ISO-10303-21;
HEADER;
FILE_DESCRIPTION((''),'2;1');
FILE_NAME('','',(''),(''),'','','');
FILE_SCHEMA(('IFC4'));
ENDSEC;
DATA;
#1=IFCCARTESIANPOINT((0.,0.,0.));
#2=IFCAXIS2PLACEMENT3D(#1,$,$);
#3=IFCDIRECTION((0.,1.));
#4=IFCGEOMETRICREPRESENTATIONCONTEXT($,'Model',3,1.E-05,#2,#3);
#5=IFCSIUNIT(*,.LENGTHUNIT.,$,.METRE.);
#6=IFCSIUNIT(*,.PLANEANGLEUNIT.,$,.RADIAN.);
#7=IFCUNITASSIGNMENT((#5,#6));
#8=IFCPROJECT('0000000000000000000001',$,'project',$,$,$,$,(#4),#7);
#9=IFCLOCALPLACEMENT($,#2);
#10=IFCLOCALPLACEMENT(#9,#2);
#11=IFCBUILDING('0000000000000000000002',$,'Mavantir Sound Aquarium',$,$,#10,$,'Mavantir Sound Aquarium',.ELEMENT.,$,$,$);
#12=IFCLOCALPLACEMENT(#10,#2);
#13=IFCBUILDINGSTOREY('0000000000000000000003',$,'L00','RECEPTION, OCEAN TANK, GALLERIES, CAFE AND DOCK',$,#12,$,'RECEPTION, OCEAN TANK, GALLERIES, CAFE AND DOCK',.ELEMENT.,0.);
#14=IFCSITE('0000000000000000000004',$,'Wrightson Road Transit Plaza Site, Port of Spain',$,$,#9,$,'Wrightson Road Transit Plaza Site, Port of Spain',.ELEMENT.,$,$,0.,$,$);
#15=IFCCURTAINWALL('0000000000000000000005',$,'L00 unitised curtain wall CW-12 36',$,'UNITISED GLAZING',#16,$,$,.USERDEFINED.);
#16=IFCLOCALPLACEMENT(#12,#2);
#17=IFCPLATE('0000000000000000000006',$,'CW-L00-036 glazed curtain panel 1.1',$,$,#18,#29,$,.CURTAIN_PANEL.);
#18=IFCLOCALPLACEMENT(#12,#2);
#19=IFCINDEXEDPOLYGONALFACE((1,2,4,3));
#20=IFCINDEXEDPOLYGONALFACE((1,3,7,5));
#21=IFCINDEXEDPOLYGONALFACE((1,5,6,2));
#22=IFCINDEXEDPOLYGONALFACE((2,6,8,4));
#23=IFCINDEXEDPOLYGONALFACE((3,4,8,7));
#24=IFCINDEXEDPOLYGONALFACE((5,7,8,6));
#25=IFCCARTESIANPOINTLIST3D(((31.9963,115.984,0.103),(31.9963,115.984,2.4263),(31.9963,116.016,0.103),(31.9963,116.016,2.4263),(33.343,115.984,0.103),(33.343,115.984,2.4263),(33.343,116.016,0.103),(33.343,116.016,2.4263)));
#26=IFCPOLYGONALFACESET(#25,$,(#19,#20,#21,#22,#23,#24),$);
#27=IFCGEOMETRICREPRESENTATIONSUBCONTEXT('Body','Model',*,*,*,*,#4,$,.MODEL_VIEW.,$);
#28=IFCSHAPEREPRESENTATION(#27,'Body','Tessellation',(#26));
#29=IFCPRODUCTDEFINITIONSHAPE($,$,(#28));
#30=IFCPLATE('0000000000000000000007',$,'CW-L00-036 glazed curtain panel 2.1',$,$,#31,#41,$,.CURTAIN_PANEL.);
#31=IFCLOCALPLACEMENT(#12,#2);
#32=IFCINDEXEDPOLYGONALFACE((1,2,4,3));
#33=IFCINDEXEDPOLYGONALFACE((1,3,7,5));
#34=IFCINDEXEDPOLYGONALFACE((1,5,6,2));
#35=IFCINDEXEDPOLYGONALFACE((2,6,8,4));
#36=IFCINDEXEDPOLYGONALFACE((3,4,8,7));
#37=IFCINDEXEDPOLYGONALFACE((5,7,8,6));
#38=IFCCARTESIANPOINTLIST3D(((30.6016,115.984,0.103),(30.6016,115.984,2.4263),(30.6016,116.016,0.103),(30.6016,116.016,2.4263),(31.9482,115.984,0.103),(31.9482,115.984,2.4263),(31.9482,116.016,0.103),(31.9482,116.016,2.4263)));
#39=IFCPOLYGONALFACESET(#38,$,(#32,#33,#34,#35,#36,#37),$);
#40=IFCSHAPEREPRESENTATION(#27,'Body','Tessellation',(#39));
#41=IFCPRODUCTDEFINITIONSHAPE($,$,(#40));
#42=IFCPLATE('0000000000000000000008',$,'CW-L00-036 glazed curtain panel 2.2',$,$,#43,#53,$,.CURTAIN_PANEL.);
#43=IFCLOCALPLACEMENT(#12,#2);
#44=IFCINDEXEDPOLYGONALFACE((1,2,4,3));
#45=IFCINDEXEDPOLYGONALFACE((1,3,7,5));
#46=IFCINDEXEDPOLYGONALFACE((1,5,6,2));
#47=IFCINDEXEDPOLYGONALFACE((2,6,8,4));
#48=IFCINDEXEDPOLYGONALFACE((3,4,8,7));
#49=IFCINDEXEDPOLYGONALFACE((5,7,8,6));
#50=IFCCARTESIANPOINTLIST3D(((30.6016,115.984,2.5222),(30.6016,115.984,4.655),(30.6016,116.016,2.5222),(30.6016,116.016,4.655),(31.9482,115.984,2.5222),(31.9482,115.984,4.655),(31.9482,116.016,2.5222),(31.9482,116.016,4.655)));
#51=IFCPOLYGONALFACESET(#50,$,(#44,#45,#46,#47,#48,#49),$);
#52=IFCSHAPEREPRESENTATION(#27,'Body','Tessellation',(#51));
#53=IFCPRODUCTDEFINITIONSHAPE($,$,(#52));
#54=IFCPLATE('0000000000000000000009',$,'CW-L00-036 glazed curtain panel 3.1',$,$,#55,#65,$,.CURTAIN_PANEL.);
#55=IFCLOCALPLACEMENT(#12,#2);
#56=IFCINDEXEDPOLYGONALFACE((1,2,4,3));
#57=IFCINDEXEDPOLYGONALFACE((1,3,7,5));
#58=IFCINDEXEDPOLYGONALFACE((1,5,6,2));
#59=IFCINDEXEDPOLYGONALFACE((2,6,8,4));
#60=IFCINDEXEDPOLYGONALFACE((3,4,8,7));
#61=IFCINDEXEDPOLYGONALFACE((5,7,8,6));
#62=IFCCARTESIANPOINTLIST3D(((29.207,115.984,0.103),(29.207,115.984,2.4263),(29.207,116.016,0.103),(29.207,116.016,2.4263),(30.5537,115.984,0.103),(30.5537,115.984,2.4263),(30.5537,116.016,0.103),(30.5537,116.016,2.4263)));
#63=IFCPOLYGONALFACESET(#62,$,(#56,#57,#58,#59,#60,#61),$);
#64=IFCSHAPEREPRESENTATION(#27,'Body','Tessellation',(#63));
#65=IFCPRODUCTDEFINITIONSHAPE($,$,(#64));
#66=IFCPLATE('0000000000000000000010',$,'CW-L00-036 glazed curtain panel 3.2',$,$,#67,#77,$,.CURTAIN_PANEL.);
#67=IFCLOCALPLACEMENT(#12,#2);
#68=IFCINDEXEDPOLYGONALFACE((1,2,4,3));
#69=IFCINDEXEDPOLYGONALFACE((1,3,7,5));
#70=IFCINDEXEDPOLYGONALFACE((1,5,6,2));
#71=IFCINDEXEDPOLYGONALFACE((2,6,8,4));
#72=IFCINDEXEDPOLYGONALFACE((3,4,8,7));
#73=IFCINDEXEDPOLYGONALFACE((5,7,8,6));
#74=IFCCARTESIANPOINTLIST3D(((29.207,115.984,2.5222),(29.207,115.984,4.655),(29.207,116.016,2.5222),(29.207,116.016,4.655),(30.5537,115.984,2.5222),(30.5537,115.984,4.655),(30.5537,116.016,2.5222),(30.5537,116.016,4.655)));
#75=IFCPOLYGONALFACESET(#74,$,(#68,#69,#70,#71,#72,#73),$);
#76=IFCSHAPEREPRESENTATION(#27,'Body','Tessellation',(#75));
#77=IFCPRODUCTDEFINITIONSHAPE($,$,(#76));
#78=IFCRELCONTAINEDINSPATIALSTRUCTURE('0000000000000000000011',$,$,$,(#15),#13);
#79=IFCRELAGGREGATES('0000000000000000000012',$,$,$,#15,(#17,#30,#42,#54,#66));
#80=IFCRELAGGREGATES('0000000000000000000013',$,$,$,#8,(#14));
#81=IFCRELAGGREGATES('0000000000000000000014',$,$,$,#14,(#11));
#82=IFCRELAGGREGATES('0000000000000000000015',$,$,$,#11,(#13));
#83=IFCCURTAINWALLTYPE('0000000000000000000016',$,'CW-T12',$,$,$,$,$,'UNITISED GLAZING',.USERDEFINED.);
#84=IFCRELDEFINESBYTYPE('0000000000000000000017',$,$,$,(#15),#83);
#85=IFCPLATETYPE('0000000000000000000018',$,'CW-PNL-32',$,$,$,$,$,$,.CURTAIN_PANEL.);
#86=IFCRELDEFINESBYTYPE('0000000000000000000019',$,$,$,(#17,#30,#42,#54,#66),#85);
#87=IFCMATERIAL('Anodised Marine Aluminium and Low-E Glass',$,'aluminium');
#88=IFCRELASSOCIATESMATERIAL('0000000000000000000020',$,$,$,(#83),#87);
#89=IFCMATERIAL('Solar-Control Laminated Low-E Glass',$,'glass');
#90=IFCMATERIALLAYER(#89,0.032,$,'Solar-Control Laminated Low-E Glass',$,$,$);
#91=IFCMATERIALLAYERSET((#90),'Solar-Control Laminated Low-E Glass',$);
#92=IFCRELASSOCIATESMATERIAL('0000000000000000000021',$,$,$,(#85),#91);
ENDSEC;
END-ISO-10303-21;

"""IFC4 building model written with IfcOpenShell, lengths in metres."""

from ifc_helpers import new_model, si_unit, direction, frame, origin, origin_2d, place, context, subcontext, project, spatial, rectangle, extrude, material, layer, layer_set, type_object, element, aggregate, save


model = new_model("IFC4")

# Units and contexts
model_context = context("Model", 3, precision=1e-05, world=origin(), true_north=direction((0.0, 1.0)))
body_context = subcontext(model_context, "Body", "Model", "MODEL_VIEW")
ifc_project = project(units=[si_unit("LENGTHUNIT", "METRE"), si_unit("PLANEANGLEUNIT", "RADIAN")], contexts=[model_context])

# Site, building, storey
site_placement = place(None, origin())
site = spatial("IfcSite", under=ifc_project, at=site_placement, Name="Wrightson Road Transit Plaza Site, Port of Spain", LongName="Wrightson Road Transit Plaza Site, Port of Spain", CompositionType="ELEMENT", RefElevation=0.0)
building_placement = place(site_placement, origin())
building = spatial("IfcBuilding", under=site, at=building_placement, Name="Mavantir Sound Aquarium", LongName="Mavantir Sound Aquarium", CompositionType="ELEMENT")
storey_placement = place(building_placement, origin())
storey = spatial("IfcBuildingStorey", under=building, at=storey_placement, Name="L00", Description="RECEPTION, OCEAN TANK, GALLERIES, CAFE AND DOCK", LongName="RECEPTION, OCEAN TANK, GALLERIES, CAFE AND DOCK", CompositionType="ELEMENT", Elevation=0.0)

# Shared definitions
ifc_material_1 = material(Name="Anodised Marine Aluminium and Low-E Glass", Category="aluminium")

# Curtain wall
curtain_wall_type_1 = type_object("IfcCurtainWallType", Name="CW-T12", ElementType="UNITISED GLAZING", PredefinedType="USERDEFINED", material=ifc_material_1)
curtain_wall_1_placement = place(storey_placement, origin())
curtain_wall_1 = element("IfcCurtainWall", 1, at=curtain_wall_1_placement, inside=storey, type_object=curtain_wall_type_1, Name="L00 unitised curtain wall CW-12 36", ObjectType="UNITISED GLAZING", PredefinedType="USERDEFINED")

# Plates
ifc_material_2 = material(Name="Solar-Control Laminated Low-E Glass", Category="glass")
ifc_layer_1 = layer(ifc_material_2, 0.032, Name="Solar-Control Laminated Low-E Glass")
ifc_layer_set_1 = layer_set([ifc_layer_1], Name="Solar-Control Laminated Low-E Glass")
plate_type_1 = type_object("IfcPlateType", Name="CW-PNL-32", PredefinedType="CURTAIN_PANEL", material=ifc_layer_set_1)
plate_1_placement = place(storey_placement, frame((32.6697, 116.0, 0.103), z_axis=(0.0, 0.0, 1.0), x_axis=(-1.0, 0.0, 0.0)))
plate_1 = element("IfcPlate", 2, at=plate_1_placement, type_object=plate_type_1, Name="CW-L00-036 glazed curtain panel 1.1", PredefinedType="CURTAIN_PANEL", context=body_context, shape_type="SweptSolid", body=[
    extrude(rectangle(XDim=1.3467, YDim=0.032, at=origin_2d()), origin(), (0.0, 0.0, 1.0), 2.3232),
])
plate_2_placement = place(storey_placement, frame((31.2749, 116.0, 0.103), z_axis=(0.0, 0.0, 1.0), x_axis=(-1.0, 0.0, 0.0)))
plate_2 = element("IfcPlate", 3, at=plate_2_placement, type_object=plate_type_1, Name="CW-L00-036 glazed curtain panel 2.1", PredefinedType="CURTAIN_PANEL", context=body_context, shape_type="SweptSolid", body=[
    extrude(rectangle(XDim=1.3467, YDim=0.032, at=origin_2d()), origin(), (0.0, 0.0, 1.0), 2.3232),
])
plate_3_placement = place(storey_placement, frame((31.2749, 116.0, 2.5222), z_axis=(0.0, 0.0, 1.0), x_axis=(-1.0, 0.0, 0.0)))
plate_3 = element("IfcPlate", 4, at=plate_3_placement, type_object=plate_type_1, Name="CW-L00-036 glazed curtain panel 2.2", PredefinedType="CURTAIN_PANEL", context=body_context, shape_type="SweptSolid", body=[
    extrude(rectangle(XDim=1.3467, YDim=0.032, at=origin_2d()), origin(), (0.0, 0.0, 1.0), 2.1328),
])
plate_4_placement = place(storey_placement, frame((29.8804, 116.0, 0.103), z_axis=(0.0, 0.0, 1.0), x_axis=(-1.0, 0.0, 0.0)))
plate_4 = element("IfcPlate", 5, at=plate_4_placement, type_object=plate_type_1, Name="CW-L00-036 glazed curtain panel 3.1", PredefinedType="CURTAIN_PANEL", context=body_context, shape_type="SweptSolid", body=[
    extrude(rectangle(XDim=1.3467, YDim=0.032, at=origin_2d()), origin(), (0.0, 0.0, 1.0), 2.3232),
])
plate_5_placement = place(storey_placement, frame((29.8804, 116.0, 2.5222), z_axis=(0.0, 0.0, 1.0), x_axis=(-1.0, 0.0, 0.0)))
plate_5 = element("IfcPlate", 6, at=plate_5_placement, type_object=plate_type_1, Name="CW-L00-036 glazed curtain panel 3.2", PredefinedType="CURTAIN_PANEL", context=body_context, shape_type="SweptSolid", body=[
    extrude(rectangle(XDim=1.3467, YDim=0.032, at=origin_2d()), origin(), (0.0, 0.0, 1.0), 2.1328),
])
aggregate(curtain_wall_1, [plate_1, plate_2, plate_3, plate_4, plate_5])

save(model, "model.ifc")
